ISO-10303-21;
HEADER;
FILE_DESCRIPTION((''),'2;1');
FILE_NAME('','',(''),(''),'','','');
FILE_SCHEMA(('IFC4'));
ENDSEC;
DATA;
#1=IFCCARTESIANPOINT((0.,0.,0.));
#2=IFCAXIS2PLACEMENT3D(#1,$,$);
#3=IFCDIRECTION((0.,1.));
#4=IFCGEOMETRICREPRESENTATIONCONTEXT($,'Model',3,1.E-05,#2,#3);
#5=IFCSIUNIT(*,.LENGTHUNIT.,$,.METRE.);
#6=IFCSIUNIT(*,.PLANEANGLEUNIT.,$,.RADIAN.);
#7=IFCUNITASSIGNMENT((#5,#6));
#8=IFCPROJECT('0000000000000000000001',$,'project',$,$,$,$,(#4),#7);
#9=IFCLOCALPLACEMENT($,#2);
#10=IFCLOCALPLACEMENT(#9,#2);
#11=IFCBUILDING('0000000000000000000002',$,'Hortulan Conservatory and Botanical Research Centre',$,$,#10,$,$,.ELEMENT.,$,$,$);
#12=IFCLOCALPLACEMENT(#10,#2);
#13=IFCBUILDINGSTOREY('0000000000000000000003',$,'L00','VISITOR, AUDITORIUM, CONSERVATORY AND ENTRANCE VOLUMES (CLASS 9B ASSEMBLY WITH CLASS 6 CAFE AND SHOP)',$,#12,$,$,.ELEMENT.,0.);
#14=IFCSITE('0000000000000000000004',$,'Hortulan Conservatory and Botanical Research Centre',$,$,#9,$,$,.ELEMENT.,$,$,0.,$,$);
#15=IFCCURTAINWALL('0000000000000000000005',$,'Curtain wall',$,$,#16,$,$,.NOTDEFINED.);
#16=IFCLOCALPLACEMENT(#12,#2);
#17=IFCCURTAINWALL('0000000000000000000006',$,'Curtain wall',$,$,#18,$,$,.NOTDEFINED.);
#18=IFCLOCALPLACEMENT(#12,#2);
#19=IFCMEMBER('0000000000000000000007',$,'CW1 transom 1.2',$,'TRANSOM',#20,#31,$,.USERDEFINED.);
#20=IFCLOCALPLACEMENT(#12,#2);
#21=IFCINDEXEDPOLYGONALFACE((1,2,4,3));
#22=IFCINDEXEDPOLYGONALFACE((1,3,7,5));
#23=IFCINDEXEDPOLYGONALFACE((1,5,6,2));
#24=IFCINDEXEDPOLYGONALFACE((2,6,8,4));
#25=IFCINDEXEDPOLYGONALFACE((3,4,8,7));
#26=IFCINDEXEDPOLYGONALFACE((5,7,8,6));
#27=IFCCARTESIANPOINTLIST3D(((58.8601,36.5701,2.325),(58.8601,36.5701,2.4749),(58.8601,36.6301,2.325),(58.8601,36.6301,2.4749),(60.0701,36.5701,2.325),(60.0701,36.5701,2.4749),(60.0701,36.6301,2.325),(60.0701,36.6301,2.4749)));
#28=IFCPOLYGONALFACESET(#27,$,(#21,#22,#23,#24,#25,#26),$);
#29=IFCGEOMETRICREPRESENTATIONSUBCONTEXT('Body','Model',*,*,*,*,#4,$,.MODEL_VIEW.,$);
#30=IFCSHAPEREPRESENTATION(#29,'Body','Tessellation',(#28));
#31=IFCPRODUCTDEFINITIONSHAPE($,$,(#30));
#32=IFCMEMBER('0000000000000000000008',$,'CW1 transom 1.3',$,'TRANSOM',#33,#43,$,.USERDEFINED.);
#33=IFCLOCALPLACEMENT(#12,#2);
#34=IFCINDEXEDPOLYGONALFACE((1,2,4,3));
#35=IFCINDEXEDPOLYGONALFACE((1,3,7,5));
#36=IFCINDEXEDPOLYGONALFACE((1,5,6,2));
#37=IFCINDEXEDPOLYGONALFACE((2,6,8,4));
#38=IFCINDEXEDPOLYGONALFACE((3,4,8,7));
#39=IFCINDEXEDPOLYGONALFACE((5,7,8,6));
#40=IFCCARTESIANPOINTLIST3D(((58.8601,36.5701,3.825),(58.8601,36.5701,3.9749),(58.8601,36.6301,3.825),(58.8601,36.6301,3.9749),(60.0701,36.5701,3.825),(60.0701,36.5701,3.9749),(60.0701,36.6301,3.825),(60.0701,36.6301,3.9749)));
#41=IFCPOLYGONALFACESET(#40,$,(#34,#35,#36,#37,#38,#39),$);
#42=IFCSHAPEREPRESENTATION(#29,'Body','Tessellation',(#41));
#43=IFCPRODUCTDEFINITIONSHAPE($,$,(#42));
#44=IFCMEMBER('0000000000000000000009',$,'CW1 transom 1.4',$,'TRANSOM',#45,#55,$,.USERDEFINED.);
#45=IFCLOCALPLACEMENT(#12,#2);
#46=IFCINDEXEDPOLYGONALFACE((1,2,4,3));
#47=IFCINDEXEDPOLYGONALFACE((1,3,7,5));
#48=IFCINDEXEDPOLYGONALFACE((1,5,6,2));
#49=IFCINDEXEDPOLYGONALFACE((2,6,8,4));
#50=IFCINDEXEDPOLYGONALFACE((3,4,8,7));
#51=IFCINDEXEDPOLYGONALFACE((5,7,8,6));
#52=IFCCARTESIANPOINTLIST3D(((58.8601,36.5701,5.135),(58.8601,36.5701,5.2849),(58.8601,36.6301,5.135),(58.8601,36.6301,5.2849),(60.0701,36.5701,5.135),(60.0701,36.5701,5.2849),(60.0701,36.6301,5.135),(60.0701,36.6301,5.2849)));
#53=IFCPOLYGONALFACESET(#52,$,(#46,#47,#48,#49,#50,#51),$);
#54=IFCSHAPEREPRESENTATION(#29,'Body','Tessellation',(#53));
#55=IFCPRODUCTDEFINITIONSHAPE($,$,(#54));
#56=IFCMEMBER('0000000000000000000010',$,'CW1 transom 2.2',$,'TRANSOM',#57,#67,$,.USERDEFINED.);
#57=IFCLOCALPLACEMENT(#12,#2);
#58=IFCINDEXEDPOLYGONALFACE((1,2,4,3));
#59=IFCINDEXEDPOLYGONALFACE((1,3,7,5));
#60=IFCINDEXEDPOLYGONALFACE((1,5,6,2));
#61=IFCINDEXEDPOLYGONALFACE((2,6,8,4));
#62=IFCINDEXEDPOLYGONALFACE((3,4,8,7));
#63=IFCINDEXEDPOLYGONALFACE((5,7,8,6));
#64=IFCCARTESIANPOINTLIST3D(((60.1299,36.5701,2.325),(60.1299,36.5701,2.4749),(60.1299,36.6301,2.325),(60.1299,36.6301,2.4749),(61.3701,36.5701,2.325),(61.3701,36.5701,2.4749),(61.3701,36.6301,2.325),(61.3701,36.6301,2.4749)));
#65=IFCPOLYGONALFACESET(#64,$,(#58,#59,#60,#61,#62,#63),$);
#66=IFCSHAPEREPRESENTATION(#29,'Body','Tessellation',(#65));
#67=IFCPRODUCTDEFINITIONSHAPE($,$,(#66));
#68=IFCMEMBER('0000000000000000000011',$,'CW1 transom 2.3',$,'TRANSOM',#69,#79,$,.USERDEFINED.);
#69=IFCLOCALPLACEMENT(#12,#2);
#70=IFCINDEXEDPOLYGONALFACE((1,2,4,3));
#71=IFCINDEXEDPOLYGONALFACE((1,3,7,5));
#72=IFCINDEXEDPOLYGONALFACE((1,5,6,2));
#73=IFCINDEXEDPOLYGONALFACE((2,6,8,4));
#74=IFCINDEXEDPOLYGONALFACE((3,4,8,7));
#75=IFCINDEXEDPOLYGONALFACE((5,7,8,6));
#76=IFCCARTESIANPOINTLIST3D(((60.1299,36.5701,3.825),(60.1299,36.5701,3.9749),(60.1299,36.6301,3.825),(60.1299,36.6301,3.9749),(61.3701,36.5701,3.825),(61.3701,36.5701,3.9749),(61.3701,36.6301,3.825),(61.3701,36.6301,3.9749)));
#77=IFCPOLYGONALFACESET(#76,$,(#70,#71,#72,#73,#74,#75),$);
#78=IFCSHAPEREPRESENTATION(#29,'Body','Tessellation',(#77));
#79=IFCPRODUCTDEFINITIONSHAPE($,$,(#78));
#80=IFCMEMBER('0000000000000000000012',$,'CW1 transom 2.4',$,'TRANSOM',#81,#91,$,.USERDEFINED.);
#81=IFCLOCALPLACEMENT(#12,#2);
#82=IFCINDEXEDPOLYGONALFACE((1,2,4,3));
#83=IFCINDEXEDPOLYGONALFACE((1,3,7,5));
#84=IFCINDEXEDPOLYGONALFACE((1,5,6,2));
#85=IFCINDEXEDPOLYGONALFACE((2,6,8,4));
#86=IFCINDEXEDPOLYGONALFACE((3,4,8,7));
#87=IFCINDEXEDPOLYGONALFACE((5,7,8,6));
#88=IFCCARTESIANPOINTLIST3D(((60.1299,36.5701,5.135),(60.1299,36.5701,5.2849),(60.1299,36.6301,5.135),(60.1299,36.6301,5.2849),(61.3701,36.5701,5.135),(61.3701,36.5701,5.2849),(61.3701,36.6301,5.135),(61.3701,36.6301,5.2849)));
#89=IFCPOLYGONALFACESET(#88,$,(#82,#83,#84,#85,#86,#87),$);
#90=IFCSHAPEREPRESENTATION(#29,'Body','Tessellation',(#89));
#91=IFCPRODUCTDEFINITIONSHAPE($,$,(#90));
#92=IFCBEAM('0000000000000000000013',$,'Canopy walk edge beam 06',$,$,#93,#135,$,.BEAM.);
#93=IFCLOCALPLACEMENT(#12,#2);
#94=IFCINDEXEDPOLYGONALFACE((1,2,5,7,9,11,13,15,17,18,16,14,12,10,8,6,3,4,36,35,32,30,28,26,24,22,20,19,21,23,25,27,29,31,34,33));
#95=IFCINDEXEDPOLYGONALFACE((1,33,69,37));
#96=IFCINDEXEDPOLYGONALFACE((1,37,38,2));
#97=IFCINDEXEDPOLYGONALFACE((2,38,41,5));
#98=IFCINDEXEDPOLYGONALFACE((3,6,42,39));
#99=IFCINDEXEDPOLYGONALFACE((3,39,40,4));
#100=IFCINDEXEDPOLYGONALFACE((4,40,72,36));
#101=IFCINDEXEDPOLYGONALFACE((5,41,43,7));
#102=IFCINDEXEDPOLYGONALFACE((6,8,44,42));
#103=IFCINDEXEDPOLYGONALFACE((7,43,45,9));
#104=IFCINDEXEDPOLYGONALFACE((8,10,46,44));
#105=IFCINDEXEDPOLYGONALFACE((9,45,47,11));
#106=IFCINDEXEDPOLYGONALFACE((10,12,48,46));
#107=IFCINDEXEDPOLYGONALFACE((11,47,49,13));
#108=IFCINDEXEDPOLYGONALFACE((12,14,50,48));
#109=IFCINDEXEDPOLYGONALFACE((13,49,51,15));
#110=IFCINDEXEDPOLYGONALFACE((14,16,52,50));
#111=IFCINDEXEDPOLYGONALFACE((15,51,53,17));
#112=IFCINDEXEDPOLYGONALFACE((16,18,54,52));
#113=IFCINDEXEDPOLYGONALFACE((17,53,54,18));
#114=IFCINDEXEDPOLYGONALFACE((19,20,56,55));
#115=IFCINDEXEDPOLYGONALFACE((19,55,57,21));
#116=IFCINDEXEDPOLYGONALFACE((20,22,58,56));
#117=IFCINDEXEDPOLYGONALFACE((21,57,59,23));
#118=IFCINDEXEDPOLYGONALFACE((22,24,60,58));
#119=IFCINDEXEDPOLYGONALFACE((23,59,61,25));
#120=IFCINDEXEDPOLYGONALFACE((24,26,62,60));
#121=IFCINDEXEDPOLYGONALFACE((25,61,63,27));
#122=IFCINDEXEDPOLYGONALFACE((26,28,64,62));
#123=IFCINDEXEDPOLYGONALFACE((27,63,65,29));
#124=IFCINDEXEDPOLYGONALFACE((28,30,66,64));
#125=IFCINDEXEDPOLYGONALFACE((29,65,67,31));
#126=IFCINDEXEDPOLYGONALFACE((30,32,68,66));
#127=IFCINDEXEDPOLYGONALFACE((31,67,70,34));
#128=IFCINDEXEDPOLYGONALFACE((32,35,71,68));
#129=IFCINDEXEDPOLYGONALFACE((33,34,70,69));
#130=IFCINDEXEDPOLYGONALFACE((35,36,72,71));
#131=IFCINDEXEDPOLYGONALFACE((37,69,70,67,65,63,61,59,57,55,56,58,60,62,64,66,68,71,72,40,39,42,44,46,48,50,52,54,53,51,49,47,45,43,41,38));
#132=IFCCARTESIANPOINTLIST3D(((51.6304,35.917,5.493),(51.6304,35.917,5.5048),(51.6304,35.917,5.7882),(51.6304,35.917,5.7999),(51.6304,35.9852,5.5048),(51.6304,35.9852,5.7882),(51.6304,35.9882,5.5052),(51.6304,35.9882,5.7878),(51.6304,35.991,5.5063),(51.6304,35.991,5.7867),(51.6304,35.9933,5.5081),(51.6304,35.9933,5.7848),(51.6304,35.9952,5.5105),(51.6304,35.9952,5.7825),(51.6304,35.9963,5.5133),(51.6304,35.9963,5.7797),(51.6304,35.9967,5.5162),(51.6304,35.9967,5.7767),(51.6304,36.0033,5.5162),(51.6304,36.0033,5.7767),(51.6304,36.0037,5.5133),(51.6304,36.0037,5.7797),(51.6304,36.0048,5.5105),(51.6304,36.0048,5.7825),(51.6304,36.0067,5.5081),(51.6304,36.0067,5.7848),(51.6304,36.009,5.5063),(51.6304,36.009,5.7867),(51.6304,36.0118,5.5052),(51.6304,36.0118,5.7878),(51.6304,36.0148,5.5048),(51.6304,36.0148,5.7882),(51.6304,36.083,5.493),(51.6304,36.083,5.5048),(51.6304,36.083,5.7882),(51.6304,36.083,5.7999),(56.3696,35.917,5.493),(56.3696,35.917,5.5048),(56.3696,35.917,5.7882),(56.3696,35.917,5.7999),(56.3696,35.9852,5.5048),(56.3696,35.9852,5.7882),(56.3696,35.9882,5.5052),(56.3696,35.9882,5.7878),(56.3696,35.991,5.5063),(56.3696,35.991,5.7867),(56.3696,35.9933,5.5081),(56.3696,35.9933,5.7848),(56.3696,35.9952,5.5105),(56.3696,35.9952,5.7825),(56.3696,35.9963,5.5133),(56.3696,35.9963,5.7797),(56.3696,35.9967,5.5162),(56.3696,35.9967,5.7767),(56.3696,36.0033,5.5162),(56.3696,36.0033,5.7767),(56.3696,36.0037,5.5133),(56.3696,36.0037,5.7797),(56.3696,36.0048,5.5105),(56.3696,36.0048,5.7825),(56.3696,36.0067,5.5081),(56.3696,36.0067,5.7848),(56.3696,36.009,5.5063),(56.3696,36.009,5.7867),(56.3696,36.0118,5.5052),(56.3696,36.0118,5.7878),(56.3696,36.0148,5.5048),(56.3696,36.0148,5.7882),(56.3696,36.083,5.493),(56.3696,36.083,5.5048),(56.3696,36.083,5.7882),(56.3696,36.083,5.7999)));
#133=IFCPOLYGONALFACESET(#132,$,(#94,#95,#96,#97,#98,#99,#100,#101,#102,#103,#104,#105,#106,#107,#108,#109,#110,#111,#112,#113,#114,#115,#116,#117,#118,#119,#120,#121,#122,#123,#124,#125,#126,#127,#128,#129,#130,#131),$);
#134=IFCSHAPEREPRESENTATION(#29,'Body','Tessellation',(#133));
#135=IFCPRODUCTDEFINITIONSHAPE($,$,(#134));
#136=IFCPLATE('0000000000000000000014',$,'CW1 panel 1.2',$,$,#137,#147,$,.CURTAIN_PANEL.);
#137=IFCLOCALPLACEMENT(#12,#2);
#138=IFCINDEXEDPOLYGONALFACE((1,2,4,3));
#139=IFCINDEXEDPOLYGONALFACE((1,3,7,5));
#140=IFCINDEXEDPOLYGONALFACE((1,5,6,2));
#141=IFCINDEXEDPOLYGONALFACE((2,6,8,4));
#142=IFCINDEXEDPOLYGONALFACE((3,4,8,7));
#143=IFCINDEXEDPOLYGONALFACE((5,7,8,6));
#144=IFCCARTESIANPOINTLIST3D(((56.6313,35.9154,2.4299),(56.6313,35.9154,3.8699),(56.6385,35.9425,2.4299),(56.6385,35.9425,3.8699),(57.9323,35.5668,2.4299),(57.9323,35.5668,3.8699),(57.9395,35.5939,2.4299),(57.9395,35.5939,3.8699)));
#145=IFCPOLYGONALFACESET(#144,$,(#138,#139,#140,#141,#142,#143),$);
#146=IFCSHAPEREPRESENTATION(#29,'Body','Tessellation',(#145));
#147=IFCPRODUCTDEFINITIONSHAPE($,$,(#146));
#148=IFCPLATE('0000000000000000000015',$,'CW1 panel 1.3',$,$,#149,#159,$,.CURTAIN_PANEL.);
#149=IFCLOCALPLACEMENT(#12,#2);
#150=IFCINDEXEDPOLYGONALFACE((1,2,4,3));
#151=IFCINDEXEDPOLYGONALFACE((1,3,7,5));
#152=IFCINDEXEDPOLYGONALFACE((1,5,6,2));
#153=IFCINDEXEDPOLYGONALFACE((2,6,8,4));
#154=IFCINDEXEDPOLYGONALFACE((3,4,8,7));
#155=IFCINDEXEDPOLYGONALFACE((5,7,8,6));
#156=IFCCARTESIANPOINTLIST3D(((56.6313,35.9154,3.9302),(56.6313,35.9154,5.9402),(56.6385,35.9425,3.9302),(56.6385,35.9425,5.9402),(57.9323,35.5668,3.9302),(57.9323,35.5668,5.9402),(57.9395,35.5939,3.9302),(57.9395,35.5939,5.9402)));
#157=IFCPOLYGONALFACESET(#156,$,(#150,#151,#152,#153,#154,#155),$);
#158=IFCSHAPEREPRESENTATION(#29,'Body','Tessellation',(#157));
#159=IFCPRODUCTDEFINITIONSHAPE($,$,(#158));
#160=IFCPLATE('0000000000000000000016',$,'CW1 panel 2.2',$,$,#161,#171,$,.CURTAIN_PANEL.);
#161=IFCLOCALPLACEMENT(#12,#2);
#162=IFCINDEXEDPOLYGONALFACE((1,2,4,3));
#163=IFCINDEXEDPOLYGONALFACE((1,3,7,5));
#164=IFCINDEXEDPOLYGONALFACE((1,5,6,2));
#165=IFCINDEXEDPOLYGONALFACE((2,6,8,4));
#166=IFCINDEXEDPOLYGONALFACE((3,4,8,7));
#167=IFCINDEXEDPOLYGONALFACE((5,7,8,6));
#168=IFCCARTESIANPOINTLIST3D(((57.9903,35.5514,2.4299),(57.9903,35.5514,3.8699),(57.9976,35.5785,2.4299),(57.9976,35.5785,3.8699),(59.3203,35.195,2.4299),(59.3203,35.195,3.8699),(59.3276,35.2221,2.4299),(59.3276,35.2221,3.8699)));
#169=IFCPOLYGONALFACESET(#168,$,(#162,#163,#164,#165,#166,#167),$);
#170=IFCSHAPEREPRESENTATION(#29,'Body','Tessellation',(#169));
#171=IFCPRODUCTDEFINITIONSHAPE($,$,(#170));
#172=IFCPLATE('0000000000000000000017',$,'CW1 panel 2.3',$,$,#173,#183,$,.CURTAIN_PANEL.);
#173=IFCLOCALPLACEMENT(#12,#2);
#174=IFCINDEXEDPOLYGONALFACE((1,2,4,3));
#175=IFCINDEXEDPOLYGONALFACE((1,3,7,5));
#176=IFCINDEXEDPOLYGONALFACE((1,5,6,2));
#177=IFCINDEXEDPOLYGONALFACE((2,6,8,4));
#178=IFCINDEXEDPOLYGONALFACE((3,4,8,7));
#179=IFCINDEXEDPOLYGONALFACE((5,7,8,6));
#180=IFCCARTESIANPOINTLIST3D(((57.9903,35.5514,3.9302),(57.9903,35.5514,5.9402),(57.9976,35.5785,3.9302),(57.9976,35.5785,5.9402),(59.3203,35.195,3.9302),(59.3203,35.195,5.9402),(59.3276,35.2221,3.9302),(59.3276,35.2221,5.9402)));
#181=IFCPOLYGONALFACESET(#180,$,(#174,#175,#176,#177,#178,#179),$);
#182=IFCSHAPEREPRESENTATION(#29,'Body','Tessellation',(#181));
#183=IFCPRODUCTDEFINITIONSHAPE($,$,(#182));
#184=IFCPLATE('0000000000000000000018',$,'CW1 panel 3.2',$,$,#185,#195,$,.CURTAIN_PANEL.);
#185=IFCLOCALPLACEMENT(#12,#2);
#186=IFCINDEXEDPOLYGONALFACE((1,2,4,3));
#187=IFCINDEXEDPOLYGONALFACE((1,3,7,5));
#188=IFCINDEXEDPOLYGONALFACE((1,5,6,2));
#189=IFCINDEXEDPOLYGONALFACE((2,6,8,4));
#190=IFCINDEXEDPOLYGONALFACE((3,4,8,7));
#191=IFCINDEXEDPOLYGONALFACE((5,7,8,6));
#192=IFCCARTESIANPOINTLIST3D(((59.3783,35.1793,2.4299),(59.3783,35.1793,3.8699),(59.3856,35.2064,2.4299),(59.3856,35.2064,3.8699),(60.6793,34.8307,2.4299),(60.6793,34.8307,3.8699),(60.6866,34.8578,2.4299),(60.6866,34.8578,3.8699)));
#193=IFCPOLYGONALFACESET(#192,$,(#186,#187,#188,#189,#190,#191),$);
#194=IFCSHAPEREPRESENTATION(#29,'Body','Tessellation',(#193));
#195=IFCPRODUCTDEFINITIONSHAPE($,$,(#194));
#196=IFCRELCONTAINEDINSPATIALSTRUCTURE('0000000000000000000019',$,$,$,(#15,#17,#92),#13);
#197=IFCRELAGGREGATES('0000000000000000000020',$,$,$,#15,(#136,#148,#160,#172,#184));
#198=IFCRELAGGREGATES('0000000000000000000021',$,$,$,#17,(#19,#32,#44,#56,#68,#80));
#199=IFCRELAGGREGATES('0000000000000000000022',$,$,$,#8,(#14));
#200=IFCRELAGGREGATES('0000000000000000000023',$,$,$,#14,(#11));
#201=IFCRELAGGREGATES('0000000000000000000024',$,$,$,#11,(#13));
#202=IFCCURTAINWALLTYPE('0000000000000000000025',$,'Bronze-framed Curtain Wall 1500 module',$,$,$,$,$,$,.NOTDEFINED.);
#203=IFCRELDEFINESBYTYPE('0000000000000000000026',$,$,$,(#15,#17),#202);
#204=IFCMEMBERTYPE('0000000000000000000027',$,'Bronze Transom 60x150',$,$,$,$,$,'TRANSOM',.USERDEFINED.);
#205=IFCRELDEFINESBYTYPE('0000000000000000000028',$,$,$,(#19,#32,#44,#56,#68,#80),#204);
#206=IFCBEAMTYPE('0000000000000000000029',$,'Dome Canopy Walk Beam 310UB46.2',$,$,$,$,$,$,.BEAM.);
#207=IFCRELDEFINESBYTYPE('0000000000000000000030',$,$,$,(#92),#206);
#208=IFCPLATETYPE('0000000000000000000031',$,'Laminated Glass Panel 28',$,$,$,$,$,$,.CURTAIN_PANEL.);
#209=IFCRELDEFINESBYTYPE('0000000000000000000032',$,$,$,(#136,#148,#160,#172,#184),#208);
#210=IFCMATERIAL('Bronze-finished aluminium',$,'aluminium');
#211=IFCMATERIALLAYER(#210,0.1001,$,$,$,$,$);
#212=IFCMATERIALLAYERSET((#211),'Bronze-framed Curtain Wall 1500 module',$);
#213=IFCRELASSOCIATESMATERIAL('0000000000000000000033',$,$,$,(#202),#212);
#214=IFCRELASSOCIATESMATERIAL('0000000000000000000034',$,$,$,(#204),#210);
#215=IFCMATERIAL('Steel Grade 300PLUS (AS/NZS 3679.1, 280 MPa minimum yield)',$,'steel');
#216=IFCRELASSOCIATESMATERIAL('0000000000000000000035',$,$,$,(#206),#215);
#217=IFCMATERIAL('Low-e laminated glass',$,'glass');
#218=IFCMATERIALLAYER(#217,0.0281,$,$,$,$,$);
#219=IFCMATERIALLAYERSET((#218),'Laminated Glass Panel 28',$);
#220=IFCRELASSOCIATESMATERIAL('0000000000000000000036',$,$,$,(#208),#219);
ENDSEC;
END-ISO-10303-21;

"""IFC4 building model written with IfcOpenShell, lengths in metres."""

from ifc_helpers import new_model, si_unit, direction, frame, origin, origin_2d, place, context, subcontext, project, spatial, rectangle, i_section, extrude, material, layer, layer_set, material_profile, profile_set, type_object, element, aggregate, save


model = new_model("IFC4")

# Units and contexts
model_context = context("Model", 3, precision=1e-05, world=origin(), true_north=direction((0.0, 1.0)))
body_context = subcontext(model_context, "Body", "Model", "MODEL_VIEW")
ifc_project = project(units=[si_unit("LENGTHUNIT", "METRE"), si_unit("PLANEANGLEUNIT", "RADIAN")], contexts=[model_context])

# Site, building, storey
site_placement = place(None, origin())
site = spatial("IfcSite", under=ifc_project, at=site_placement, Name="Hortulan Conservatory and Botanical Research Centre", CompositionType="ELEMENT", RefElevation=0.0)
building_placement = place(site_placement, origin())
building = spatial("IfcBuilding", under=site, at=building_placement, Name="Hortulan Conservatory and Botanical Research Centre", CompositionType="ELEMENT")
storey_placement = place(building_placement, origin())
storey = spatial("IfcBuildingStorey", under=building, at=storey_placement, Name="L00", Description="VISITOR, AUDITORIUM, CONSERVATORY AND ENTRANCE VOLUMES (CLASS 9B ASSEMBLY WITH CLASS 6 CAFE AND SHOP)", CompositionType="ELEMENT", Elevation=0.0)

# Shared definitions
ifc_material_1 = material(Name="Steel Grade 300PLUS (AS/NZS 3679.1, 280 MPa minimum yield)", Category="steel")

# Curtain walls, members
ifc_material_2 = material(Name="Bronze-finished aluminium", Category="aluminium")
ifc_layer_1 = layer(ifc_material_2, 0.1001)
ifc_layer_set_1 = layer_set([ifc_layer_1], Name="Bronze-framed Curtain Wall 1500 module")
curtain_wall_type = type_object("IfcCurtainWallType", Name="Bronze-framed Curtain Wall 1500 module", PredefinedType="NOTDEFINED", material=ifc_layer_set_1)
curtain_wall_1_placement = place(storey_placement, origin())
curtain_wall_1 = element("IfcCurtainWall", 1, at=curtain_wall_1_placement, inside=storey, type_object=curtain_wall_type, Name="Curtain wall", PredefinedType="NOTDEFINED")
ifc_material_profile_1 = material_profile(ifc_material_2, rectangle(XDim=0.0601, YDim=0.1499, at=origin_2d()), Name="Bronze Transom 60x150")
ifc_profile_set_1 = profile_set([ifc_material_profile_1], Name="Bronze-finished aluminium")
member_type = type_object("IfcMemberType", Name="Bronze Transom 60x150", ElementType="TRANSOM", PredefinedType="USERDEFINED", material=ifc_profile_set_1)
curtain_wall_2_placement = place(storey_placement, origin())
curtain_wall_2 = element("IfcCurtainWall", 2, at=curtain_wall_2_placement, inside=storey, type_object=curtain_wall_type, Name="Curtain wall", PredefinedType="NOTDEFINED")
member_1_placement = place(storey_placement, frame((58.8601, 36.6001, 2.3999), z_axis=(1.0, 0.0, 0.0), x_axis=(0.0, 1.0, 0.0)))
member_1 = element("IfcMember", 3, at=member_1_placement, type_object=member_type, Name="CW1 transom 1.2", ObjectType="TRANSOM", PredefinedType="USERDEFINED", context=body_context, shape_type="SweptSolid", body=[
    extrude(rectangle(XDim=0.0601, YDim=0.1499, at=origin_2d()), origin(), (0.0, 0.0, 1.0), 1.21),
])
member_2_placement = place(storey_placement, frame((58.8601, 36.6001, 3.8999), z_axis=(1.0, 0.0, 0.0), x_axis=(0.0, 1.0, 0.0)))
member_2 = element("IfcMember", 4, at=member_2_placement, type_object=member_type, Name="CW1 transom 1.3", ObjectType="TRANSOM", PredefinedType="USERDEFINED", context=body_context, shape_type="SweptSolid", body=[
    extrude(rectangle(XDim=0.0601, YDim=0.1499, at=origin_2d()), origin(), (0.0, 0.0, 1.0), 1.21),
])
member_3_placement = place(storey_placement, frame((58.8601, 36.6001, 5.21), z_axis=(1.0, 0.0, 0.0), x_axis=(0.0, 1.0, 0.0)))
member_3 = element("IfcMember", 5, at=member_3_placement, type_object=member_type, Name="CW1 transom 1.4", ObjectType="TRANSOM", PredefinedType="USERDEFINED", context=body_context, shape_type="SweptSolid", body=[
    extrude(rectangle(XDim=0.0601, YDim=0.1499, at=origin_2d()), origin(), (0.0, 0.0, 1.0), 1.21),
])
member_4_placement = place(storey_placement, frame((60.1299, 36.6001, 2.3999), z_axis=(1.0, 0.0, 0.0), x_axis=(0.0, 1.0, 0.0)))
member_4 = element("IfcMember", 6, at=member_4_placement, type_object=member_type, Name="CW1 transom 2.2", ObjectType="TRANSOM", PredefinedType="USERDEFINED", context=body_context, shape_type="SweptSolid", body=[
    extrude(rectangle(XDim=0.0601, YDim=0.1499, at=origin_2d()), origin(), (0.0, 0.0, 1.0), 1.2402),
])
member_5_placement = place(storey_placement, frame((60.1299, 36.6001, 3.8999), z_axis=(1.0, 0.0, 0.0), x_axis=(0.0, 1.0, 0.0)))
member_5 = element("IfcMember", 7, at=member_5_placement, type_object=member_type, Name="CW1 transom 2.3", ObjectType="TRANSOM", PredefinedType="USERDEFINED", context=body_context, shape_type="SweptSolid", body=[
    extrude(rectangle(XDim=0.0601, YDim=0.1499, at=origin_2d()), origin(), (0.0, 0.0, 1.0), 1.2402),
])
member_6_placement = place(storey_placement, frame((60.1299, 36.6001, 5.21), z_axis=(1.0, 0.0, 0.0), x_axis=(0.0, 1.0, 0.0)))
member_6 = element("IfcMember", 8, at=member_6_placement, type_object=member_type, Name="CW1 transom 2.4", ObjectType="TRANSOM", PredefinedType="USERDEFINED", context=body_context, shape_type="SweptSolid", body=[
    extrude(rectangle(XDim=0.0601, YDim=0.1499, at=origin_2d()), origin(), (0.0, 0.0, 1.0), 1.2402),
])

# Beam
ifc_material_profile_2 = material_profile(ifc_material_1, i_section(OverallWidth=0.166, OverallDepth=0.3069, WebThickness=0.0066, FlangeThickness=0.0117, FilletRadius=0.0115, at=origin_2d()), Name="310UB46.2")
ifc_profile_set_2 = profile_set([ifc_material_profile_2], Name="Steel Grade 300PLUS (AS/NZS 3679.1, 280 MPa minimum yield)")
beam_type_1 = type_object("IfcBeamType", Name="Dome Canopy Walk Beam 310UB46.2", PredefinedType="BEAM", material=ifc_profile_set_2)
beam_1_placement = place(storey_placement, frame((56.3696, 36.0, 5.6465), z_axis=(-1.0, 0.0, 0.0), x_axis=(0.0, -1.0, 0.0)))
element("IfcBeam", 9, at=beam_1_placement, inside=storey, type_object=beam_type_1, Name="Canopy walk edge beam 06", PredefinedType="BEAM", context=body_context, shape_type="SweptSolid", body=[
    extrude(i_section(OverallWidth=0.166, OverallDepth=0.3069, WebThickness=0.0066, FlangeThickness=0.0117, FilletRadius=0.0115, at=origin_2d()), origin(), (0.0, 0.0, 1.0), 4.7393),
])

# Plates
ifc_material_3 = material(Name="Low-e laminated glass", Category="glass")
ifc_layer_2 = layer(ifc_material_3, 0.0281)
ifc_layer_set_2 = layer_set([ifc_layer_2], Name="Laminated Glass Panel 28")
plate_type = type_object("IfcPlateType", Name="Laminated Glass Panel 28", PredefinedType="CURTAIN_PANEL", material=ifc_layer_set_2)
plate_1_placement = place(storey_placement, frame((57.2854, 35.7546, 2.4299), z_axis=(0.0, 0.0, 1.0), x_axis=(0.965922, -0.258832, 0.0)))
plate_1 = element("IfcPlate", 10, at=plate_1_placement, type_object=plate_type, Name="CW1 panel 1.2", PredefinedType="CURTAIN_PANEL", context=body_context, shape_type="SweptSolid", body=[
    extrude(rectangle(XDim=1.3469, YDim=0.0281, at=origin_2d()), origin(), (0.0, 0.0, 1.0), 1.4399),
])
plate_2_placement = place(storey_placement, frame((57.2854, 35.7546, 3.9302), z_axis=(0.0, 0.0, 1.0), x_axis=(0.965922, -0.258832, 0.0)))
plate_2 = element("IfcPlate", 11, at=plate_2_placement, type_object=plate_type, Name="CW1 panel 1.3", PredefinedType="CURTAIN_PANEL", context=body_context, shape_type="SweptSolid", body=[
    extrude(rectangle(XDim=1.3469, YDim=0.0281, at=origin_2d()), origin(), (0.0, 0.0, 1.0), 2.01),
])
plate_3_placement = place(storey_placement, frame((58.6589, 35.3867, 2.4299), z_axis=(0.0, 0.0, 1.0), x_axis=(0.965922, -0.258832, 0.0)))
plate_3 = element("IfcPlate", 12, at=plate_3_placement, type_object=plate_type, Name="CW1 panel 2.2", PredefinedType="CURTAIN_PANEL", context=body_context, shape_type="SweptSolid", body=[
    extrude(rectangle(XDim=1.377, YDim=0.0281, at=origin_2d()), origin(), (0.0, 0.0, 1.0), 1.4399),
])
plate_4_placement = place(storey_placement, frame((58.6589, 35.3867, 3.9302), z_axis=(0.0, 0.0, 1.0), x_axis=(0.965922, -0.258832, 0.0)))
plate_4 = element("IfcPlate", 13, at=plate_4_placement, type_object=plate_type, Name="CW1 panel 2.3", PredefinedType="CURTAIN_PANEL", context=body_context, shape_type="SweptSolid", body=[
    extrude(rectangle(XDim=1.377, YDim=0.0281, at=origin_2d()), origin(), (0.0, 0.0, 1.0), 2.01),
])
plate_5_placement = place(storey_placement, frame((60.0325, 35.0186, 2.4299), z_axis=(0.0, 0.0, 1.0), x_axis=(0.965922, -0.258832, 0.0)))
plate_5 = element("IfcPlate", 14, at=plate_5_placement, type_object=plate_type, Name="CW1 panel 3.2", PredefinedType="CURTAIN_PANEL", context=body_context, shape_type="SweptSolid", body=[
    extrude(rectangle(XDim=1.3469, YDim=0.0281, at=origin_2d()), origin(), (0.0, 0.0, 1.0), 1.4399),
])
aggregate(curtain_wall_1, [plate_1, plate_2, plate_3, plate_4, plate_5])
aggregate(curtain_wall_2, [member_1, member_2, member_3, member_4, member_5, member_6])

save(model, "model.ifc")
